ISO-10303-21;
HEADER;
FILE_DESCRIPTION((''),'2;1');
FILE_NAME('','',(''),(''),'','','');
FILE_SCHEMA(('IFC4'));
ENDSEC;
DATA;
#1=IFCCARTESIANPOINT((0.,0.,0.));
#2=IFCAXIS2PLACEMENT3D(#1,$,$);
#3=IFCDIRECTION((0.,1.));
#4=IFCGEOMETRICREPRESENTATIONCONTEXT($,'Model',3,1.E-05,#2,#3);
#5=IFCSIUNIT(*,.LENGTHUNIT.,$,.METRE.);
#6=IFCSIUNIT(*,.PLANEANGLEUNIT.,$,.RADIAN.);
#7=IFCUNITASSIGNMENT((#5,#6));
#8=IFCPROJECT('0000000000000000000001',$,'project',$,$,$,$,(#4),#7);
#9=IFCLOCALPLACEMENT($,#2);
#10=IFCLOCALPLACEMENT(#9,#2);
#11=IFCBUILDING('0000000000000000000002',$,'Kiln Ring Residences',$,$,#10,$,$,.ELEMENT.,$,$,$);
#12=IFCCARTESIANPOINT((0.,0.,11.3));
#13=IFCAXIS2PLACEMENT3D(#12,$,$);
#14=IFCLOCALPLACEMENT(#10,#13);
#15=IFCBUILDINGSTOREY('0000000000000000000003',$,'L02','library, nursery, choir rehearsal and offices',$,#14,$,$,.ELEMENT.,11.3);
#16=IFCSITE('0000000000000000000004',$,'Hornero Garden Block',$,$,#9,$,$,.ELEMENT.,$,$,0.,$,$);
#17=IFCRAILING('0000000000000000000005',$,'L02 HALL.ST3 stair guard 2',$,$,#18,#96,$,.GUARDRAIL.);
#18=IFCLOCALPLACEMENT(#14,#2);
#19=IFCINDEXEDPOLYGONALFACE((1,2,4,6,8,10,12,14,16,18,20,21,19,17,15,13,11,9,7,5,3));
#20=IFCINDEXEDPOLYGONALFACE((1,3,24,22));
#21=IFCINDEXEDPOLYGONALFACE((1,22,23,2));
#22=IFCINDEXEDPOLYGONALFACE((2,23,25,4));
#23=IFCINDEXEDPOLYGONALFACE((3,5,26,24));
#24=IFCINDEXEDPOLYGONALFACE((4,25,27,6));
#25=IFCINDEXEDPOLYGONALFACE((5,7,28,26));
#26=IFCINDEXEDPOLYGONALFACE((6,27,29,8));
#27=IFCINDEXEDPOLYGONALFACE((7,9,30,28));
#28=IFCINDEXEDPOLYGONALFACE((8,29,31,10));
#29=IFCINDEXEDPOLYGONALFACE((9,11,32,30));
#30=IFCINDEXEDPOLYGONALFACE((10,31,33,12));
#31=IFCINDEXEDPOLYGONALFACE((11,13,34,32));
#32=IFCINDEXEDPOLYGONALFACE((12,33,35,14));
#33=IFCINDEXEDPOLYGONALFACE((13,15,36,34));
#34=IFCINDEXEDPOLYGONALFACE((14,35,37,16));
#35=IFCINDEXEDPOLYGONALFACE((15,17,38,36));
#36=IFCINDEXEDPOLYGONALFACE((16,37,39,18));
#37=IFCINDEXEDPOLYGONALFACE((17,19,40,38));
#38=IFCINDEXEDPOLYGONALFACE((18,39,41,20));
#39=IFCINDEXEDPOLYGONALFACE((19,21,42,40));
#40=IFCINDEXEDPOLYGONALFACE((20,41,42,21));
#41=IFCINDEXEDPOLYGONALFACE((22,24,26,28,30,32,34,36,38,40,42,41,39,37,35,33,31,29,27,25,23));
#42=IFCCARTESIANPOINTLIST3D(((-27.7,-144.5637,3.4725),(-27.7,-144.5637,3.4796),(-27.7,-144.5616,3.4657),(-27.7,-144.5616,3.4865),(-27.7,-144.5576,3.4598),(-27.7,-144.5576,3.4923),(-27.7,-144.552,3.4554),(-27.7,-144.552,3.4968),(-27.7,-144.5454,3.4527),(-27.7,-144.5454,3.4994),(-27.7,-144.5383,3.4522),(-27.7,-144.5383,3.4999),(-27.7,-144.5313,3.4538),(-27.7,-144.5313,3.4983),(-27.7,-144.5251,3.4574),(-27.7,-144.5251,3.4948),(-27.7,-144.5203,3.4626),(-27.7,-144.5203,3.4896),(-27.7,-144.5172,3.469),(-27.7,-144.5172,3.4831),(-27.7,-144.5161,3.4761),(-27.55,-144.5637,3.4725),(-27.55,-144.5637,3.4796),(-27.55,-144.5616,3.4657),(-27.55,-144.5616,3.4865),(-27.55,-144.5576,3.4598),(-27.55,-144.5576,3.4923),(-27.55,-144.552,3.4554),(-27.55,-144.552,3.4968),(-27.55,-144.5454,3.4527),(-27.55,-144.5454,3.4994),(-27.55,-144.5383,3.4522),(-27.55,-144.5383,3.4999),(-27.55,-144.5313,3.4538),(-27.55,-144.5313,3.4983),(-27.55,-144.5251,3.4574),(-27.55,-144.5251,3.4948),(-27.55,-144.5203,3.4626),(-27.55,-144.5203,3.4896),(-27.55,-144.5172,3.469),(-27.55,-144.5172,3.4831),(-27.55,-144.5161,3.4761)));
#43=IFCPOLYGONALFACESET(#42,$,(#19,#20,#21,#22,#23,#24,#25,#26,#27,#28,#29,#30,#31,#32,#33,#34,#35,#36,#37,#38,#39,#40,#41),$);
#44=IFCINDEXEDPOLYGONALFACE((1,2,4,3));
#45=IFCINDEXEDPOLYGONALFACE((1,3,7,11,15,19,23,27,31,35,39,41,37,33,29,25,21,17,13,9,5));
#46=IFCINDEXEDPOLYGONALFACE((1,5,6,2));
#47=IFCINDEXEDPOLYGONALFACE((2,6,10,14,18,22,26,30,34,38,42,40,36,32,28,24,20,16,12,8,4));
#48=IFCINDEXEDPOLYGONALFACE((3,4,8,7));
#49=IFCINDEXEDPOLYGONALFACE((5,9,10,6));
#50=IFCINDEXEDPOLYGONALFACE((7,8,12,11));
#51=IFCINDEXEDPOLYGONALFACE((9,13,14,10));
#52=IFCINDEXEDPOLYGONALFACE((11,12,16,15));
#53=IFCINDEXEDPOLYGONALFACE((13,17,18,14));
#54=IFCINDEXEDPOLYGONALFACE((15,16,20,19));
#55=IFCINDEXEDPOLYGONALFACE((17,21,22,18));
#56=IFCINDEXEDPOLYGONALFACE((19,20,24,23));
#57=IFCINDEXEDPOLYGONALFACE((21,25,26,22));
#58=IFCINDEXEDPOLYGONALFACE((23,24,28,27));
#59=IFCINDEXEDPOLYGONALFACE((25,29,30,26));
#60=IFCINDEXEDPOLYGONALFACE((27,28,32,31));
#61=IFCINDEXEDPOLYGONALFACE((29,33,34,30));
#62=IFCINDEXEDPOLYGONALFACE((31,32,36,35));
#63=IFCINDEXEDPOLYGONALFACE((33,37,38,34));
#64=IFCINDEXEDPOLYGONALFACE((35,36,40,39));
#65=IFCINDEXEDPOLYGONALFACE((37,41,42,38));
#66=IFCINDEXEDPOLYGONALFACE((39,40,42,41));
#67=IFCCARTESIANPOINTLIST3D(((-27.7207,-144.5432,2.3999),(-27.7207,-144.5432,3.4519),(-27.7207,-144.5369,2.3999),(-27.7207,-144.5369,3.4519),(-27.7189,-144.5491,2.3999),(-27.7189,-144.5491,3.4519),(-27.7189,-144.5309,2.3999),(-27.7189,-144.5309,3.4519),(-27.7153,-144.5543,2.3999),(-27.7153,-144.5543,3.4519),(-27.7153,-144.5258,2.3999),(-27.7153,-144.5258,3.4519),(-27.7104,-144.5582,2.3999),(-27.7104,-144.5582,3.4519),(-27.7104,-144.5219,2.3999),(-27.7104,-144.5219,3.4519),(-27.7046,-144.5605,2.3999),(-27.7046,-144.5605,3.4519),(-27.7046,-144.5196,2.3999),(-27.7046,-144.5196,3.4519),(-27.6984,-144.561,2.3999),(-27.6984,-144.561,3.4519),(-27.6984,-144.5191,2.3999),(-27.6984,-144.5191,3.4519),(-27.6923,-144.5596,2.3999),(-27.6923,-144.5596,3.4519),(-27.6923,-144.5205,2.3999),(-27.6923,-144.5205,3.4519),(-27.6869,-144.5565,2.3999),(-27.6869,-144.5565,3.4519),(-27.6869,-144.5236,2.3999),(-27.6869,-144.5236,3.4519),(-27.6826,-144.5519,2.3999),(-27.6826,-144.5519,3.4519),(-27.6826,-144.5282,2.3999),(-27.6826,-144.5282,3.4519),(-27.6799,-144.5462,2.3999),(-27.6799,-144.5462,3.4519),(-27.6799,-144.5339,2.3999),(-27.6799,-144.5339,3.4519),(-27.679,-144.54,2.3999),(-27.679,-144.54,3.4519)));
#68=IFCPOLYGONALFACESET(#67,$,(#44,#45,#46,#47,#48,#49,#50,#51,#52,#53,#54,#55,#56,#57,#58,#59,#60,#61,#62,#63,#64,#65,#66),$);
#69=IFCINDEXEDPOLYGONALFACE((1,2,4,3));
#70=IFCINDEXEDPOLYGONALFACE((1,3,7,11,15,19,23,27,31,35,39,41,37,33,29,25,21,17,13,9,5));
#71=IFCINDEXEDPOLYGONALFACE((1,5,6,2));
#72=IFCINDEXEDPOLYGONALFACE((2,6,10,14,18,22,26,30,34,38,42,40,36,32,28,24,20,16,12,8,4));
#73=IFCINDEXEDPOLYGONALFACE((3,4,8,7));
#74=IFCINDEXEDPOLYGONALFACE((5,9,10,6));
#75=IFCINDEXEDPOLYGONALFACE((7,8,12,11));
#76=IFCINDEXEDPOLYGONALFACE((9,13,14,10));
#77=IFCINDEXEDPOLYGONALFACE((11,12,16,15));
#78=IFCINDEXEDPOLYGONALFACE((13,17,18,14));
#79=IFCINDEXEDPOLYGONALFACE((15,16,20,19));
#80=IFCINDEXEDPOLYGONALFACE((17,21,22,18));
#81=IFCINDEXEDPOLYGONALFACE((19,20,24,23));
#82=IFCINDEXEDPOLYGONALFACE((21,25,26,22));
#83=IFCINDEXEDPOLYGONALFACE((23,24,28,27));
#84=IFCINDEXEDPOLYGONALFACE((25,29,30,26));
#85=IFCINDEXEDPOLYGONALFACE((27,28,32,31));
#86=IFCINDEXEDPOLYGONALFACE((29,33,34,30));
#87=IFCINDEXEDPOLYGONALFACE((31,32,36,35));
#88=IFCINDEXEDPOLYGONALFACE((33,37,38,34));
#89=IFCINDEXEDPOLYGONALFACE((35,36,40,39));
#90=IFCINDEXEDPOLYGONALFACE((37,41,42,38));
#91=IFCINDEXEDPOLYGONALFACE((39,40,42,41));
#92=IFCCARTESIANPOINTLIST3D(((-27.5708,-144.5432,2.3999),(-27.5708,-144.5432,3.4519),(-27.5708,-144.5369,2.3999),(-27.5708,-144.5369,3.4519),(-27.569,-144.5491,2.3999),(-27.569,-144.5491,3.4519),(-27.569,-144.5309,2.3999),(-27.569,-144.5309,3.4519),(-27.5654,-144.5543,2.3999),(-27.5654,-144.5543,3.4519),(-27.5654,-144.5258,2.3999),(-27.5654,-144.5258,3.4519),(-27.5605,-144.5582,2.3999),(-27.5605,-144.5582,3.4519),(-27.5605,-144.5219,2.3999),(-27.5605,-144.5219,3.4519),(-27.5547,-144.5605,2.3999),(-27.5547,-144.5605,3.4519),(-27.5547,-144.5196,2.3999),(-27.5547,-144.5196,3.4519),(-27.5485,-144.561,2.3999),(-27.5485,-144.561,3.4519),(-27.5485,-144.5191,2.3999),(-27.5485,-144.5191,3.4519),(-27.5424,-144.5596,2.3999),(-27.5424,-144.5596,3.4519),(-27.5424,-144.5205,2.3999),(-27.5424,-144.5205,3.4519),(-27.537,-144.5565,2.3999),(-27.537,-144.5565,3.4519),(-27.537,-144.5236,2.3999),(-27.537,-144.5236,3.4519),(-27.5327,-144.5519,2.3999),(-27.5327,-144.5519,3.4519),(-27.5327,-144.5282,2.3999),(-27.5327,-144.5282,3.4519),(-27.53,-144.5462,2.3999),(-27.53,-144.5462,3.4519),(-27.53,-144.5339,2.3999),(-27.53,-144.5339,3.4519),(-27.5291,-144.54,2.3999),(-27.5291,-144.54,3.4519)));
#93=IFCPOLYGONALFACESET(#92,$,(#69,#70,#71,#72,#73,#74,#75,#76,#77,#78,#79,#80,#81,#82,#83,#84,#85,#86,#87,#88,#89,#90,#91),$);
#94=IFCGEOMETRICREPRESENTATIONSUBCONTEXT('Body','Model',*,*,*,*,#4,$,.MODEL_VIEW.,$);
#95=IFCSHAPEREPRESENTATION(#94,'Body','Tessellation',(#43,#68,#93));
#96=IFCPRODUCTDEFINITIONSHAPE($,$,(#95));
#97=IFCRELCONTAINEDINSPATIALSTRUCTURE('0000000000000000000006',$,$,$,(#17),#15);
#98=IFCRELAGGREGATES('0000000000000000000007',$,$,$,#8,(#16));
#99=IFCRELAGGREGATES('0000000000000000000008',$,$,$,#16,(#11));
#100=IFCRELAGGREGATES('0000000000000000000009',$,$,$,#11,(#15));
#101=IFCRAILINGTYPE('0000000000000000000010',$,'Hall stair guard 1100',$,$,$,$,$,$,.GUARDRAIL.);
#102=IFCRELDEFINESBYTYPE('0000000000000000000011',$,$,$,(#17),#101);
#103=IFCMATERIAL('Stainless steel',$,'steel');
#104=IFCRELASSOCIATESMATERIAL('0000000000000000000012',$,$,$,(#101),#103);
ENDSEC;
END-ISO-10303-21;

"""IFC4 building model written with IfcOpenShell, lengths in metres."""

from ifc_helpers import new_model, si_unit, direction, frame, origin, origin_2d, place, context, subcontext, project, spatial, circle, extrude, material, type_object, element, save


model = new_model("IFC4")

# Units and contexts
model_context = context("Model", 3, precision=1e-05, world=origin(), true_north=direction((0.0, 1.0)))
body_context = subcontext(model_context, "Body", "Model", "MODEL_VIEW")
ifc_project = project(units=[si_unit("LENGTHUNIT", "METRE"), si_unit("PLANEANGLEUNIT", "RADIAN")], contexts=[model_context])

# Site, building, storey
site_placement = place(None, origin())
site = spatial("IfcSite", under=ifc_project, at=site_placement, Name="Hornero Garden Block", CompositionType="ELEMENT", RefElevation=0.0)
building_placement = place(site_placement, origin())
building = spatial("IfcBuilding", under=site, at=building_placement, Name="Kiln Ring Residences", CompositionType="ELEMENT")
storey_placement = place(building_placement, frame((0.0, 0.0, 11.3)))
storey = spatial("IfcBuildingStorey", under=building, at=storey_placement, Name="L02", Description="library, nursery, choir rehearsal and offices", CompositionType="ELEMENT", Elevation=11.3)

# Railing
ifc_material_1 = material(Name="Stainless steel", Category="steel")
railing_type_1 = type_object("IfcRailingType", Name="Hall stair guard 1100", PredefinedType="GUARDRAIL", material=ifc_material_1)
railing_1_placement = place(storey_placement, frame((-27.7, -144.54, 2.3999)))
element("IfcRailing", 1, at=railing_1_placement, inside=storey, type_object=railing_type_1, Name="L02 HALL.ST3 stair guard 2", PredefinedType="GUARDRAIL", context=body_context, shape_type="SweptSolid", body=[
    extrude(circle(Radius=0.0239, at=origin_2d()), frame((0.0, 0.0, 1.0762), z_axis=(1.0, 0.0, 0.0), x_axis=(0.0, 1.0, 0.0)), (0.0, 0.0, 1.0), 0.1499),
    extrude(circle(Radius=0.021, at=origin_2d()), origin(), (0.0, 0.0, 1.0), 1.052),
    extrude(circle(Radius=0.021, at=origin_2d()), frame((0.1499, 0.0, 0.0)), (0.0, 0.0, 1.0), 1.052),
])

save(model, "model.ifc")
